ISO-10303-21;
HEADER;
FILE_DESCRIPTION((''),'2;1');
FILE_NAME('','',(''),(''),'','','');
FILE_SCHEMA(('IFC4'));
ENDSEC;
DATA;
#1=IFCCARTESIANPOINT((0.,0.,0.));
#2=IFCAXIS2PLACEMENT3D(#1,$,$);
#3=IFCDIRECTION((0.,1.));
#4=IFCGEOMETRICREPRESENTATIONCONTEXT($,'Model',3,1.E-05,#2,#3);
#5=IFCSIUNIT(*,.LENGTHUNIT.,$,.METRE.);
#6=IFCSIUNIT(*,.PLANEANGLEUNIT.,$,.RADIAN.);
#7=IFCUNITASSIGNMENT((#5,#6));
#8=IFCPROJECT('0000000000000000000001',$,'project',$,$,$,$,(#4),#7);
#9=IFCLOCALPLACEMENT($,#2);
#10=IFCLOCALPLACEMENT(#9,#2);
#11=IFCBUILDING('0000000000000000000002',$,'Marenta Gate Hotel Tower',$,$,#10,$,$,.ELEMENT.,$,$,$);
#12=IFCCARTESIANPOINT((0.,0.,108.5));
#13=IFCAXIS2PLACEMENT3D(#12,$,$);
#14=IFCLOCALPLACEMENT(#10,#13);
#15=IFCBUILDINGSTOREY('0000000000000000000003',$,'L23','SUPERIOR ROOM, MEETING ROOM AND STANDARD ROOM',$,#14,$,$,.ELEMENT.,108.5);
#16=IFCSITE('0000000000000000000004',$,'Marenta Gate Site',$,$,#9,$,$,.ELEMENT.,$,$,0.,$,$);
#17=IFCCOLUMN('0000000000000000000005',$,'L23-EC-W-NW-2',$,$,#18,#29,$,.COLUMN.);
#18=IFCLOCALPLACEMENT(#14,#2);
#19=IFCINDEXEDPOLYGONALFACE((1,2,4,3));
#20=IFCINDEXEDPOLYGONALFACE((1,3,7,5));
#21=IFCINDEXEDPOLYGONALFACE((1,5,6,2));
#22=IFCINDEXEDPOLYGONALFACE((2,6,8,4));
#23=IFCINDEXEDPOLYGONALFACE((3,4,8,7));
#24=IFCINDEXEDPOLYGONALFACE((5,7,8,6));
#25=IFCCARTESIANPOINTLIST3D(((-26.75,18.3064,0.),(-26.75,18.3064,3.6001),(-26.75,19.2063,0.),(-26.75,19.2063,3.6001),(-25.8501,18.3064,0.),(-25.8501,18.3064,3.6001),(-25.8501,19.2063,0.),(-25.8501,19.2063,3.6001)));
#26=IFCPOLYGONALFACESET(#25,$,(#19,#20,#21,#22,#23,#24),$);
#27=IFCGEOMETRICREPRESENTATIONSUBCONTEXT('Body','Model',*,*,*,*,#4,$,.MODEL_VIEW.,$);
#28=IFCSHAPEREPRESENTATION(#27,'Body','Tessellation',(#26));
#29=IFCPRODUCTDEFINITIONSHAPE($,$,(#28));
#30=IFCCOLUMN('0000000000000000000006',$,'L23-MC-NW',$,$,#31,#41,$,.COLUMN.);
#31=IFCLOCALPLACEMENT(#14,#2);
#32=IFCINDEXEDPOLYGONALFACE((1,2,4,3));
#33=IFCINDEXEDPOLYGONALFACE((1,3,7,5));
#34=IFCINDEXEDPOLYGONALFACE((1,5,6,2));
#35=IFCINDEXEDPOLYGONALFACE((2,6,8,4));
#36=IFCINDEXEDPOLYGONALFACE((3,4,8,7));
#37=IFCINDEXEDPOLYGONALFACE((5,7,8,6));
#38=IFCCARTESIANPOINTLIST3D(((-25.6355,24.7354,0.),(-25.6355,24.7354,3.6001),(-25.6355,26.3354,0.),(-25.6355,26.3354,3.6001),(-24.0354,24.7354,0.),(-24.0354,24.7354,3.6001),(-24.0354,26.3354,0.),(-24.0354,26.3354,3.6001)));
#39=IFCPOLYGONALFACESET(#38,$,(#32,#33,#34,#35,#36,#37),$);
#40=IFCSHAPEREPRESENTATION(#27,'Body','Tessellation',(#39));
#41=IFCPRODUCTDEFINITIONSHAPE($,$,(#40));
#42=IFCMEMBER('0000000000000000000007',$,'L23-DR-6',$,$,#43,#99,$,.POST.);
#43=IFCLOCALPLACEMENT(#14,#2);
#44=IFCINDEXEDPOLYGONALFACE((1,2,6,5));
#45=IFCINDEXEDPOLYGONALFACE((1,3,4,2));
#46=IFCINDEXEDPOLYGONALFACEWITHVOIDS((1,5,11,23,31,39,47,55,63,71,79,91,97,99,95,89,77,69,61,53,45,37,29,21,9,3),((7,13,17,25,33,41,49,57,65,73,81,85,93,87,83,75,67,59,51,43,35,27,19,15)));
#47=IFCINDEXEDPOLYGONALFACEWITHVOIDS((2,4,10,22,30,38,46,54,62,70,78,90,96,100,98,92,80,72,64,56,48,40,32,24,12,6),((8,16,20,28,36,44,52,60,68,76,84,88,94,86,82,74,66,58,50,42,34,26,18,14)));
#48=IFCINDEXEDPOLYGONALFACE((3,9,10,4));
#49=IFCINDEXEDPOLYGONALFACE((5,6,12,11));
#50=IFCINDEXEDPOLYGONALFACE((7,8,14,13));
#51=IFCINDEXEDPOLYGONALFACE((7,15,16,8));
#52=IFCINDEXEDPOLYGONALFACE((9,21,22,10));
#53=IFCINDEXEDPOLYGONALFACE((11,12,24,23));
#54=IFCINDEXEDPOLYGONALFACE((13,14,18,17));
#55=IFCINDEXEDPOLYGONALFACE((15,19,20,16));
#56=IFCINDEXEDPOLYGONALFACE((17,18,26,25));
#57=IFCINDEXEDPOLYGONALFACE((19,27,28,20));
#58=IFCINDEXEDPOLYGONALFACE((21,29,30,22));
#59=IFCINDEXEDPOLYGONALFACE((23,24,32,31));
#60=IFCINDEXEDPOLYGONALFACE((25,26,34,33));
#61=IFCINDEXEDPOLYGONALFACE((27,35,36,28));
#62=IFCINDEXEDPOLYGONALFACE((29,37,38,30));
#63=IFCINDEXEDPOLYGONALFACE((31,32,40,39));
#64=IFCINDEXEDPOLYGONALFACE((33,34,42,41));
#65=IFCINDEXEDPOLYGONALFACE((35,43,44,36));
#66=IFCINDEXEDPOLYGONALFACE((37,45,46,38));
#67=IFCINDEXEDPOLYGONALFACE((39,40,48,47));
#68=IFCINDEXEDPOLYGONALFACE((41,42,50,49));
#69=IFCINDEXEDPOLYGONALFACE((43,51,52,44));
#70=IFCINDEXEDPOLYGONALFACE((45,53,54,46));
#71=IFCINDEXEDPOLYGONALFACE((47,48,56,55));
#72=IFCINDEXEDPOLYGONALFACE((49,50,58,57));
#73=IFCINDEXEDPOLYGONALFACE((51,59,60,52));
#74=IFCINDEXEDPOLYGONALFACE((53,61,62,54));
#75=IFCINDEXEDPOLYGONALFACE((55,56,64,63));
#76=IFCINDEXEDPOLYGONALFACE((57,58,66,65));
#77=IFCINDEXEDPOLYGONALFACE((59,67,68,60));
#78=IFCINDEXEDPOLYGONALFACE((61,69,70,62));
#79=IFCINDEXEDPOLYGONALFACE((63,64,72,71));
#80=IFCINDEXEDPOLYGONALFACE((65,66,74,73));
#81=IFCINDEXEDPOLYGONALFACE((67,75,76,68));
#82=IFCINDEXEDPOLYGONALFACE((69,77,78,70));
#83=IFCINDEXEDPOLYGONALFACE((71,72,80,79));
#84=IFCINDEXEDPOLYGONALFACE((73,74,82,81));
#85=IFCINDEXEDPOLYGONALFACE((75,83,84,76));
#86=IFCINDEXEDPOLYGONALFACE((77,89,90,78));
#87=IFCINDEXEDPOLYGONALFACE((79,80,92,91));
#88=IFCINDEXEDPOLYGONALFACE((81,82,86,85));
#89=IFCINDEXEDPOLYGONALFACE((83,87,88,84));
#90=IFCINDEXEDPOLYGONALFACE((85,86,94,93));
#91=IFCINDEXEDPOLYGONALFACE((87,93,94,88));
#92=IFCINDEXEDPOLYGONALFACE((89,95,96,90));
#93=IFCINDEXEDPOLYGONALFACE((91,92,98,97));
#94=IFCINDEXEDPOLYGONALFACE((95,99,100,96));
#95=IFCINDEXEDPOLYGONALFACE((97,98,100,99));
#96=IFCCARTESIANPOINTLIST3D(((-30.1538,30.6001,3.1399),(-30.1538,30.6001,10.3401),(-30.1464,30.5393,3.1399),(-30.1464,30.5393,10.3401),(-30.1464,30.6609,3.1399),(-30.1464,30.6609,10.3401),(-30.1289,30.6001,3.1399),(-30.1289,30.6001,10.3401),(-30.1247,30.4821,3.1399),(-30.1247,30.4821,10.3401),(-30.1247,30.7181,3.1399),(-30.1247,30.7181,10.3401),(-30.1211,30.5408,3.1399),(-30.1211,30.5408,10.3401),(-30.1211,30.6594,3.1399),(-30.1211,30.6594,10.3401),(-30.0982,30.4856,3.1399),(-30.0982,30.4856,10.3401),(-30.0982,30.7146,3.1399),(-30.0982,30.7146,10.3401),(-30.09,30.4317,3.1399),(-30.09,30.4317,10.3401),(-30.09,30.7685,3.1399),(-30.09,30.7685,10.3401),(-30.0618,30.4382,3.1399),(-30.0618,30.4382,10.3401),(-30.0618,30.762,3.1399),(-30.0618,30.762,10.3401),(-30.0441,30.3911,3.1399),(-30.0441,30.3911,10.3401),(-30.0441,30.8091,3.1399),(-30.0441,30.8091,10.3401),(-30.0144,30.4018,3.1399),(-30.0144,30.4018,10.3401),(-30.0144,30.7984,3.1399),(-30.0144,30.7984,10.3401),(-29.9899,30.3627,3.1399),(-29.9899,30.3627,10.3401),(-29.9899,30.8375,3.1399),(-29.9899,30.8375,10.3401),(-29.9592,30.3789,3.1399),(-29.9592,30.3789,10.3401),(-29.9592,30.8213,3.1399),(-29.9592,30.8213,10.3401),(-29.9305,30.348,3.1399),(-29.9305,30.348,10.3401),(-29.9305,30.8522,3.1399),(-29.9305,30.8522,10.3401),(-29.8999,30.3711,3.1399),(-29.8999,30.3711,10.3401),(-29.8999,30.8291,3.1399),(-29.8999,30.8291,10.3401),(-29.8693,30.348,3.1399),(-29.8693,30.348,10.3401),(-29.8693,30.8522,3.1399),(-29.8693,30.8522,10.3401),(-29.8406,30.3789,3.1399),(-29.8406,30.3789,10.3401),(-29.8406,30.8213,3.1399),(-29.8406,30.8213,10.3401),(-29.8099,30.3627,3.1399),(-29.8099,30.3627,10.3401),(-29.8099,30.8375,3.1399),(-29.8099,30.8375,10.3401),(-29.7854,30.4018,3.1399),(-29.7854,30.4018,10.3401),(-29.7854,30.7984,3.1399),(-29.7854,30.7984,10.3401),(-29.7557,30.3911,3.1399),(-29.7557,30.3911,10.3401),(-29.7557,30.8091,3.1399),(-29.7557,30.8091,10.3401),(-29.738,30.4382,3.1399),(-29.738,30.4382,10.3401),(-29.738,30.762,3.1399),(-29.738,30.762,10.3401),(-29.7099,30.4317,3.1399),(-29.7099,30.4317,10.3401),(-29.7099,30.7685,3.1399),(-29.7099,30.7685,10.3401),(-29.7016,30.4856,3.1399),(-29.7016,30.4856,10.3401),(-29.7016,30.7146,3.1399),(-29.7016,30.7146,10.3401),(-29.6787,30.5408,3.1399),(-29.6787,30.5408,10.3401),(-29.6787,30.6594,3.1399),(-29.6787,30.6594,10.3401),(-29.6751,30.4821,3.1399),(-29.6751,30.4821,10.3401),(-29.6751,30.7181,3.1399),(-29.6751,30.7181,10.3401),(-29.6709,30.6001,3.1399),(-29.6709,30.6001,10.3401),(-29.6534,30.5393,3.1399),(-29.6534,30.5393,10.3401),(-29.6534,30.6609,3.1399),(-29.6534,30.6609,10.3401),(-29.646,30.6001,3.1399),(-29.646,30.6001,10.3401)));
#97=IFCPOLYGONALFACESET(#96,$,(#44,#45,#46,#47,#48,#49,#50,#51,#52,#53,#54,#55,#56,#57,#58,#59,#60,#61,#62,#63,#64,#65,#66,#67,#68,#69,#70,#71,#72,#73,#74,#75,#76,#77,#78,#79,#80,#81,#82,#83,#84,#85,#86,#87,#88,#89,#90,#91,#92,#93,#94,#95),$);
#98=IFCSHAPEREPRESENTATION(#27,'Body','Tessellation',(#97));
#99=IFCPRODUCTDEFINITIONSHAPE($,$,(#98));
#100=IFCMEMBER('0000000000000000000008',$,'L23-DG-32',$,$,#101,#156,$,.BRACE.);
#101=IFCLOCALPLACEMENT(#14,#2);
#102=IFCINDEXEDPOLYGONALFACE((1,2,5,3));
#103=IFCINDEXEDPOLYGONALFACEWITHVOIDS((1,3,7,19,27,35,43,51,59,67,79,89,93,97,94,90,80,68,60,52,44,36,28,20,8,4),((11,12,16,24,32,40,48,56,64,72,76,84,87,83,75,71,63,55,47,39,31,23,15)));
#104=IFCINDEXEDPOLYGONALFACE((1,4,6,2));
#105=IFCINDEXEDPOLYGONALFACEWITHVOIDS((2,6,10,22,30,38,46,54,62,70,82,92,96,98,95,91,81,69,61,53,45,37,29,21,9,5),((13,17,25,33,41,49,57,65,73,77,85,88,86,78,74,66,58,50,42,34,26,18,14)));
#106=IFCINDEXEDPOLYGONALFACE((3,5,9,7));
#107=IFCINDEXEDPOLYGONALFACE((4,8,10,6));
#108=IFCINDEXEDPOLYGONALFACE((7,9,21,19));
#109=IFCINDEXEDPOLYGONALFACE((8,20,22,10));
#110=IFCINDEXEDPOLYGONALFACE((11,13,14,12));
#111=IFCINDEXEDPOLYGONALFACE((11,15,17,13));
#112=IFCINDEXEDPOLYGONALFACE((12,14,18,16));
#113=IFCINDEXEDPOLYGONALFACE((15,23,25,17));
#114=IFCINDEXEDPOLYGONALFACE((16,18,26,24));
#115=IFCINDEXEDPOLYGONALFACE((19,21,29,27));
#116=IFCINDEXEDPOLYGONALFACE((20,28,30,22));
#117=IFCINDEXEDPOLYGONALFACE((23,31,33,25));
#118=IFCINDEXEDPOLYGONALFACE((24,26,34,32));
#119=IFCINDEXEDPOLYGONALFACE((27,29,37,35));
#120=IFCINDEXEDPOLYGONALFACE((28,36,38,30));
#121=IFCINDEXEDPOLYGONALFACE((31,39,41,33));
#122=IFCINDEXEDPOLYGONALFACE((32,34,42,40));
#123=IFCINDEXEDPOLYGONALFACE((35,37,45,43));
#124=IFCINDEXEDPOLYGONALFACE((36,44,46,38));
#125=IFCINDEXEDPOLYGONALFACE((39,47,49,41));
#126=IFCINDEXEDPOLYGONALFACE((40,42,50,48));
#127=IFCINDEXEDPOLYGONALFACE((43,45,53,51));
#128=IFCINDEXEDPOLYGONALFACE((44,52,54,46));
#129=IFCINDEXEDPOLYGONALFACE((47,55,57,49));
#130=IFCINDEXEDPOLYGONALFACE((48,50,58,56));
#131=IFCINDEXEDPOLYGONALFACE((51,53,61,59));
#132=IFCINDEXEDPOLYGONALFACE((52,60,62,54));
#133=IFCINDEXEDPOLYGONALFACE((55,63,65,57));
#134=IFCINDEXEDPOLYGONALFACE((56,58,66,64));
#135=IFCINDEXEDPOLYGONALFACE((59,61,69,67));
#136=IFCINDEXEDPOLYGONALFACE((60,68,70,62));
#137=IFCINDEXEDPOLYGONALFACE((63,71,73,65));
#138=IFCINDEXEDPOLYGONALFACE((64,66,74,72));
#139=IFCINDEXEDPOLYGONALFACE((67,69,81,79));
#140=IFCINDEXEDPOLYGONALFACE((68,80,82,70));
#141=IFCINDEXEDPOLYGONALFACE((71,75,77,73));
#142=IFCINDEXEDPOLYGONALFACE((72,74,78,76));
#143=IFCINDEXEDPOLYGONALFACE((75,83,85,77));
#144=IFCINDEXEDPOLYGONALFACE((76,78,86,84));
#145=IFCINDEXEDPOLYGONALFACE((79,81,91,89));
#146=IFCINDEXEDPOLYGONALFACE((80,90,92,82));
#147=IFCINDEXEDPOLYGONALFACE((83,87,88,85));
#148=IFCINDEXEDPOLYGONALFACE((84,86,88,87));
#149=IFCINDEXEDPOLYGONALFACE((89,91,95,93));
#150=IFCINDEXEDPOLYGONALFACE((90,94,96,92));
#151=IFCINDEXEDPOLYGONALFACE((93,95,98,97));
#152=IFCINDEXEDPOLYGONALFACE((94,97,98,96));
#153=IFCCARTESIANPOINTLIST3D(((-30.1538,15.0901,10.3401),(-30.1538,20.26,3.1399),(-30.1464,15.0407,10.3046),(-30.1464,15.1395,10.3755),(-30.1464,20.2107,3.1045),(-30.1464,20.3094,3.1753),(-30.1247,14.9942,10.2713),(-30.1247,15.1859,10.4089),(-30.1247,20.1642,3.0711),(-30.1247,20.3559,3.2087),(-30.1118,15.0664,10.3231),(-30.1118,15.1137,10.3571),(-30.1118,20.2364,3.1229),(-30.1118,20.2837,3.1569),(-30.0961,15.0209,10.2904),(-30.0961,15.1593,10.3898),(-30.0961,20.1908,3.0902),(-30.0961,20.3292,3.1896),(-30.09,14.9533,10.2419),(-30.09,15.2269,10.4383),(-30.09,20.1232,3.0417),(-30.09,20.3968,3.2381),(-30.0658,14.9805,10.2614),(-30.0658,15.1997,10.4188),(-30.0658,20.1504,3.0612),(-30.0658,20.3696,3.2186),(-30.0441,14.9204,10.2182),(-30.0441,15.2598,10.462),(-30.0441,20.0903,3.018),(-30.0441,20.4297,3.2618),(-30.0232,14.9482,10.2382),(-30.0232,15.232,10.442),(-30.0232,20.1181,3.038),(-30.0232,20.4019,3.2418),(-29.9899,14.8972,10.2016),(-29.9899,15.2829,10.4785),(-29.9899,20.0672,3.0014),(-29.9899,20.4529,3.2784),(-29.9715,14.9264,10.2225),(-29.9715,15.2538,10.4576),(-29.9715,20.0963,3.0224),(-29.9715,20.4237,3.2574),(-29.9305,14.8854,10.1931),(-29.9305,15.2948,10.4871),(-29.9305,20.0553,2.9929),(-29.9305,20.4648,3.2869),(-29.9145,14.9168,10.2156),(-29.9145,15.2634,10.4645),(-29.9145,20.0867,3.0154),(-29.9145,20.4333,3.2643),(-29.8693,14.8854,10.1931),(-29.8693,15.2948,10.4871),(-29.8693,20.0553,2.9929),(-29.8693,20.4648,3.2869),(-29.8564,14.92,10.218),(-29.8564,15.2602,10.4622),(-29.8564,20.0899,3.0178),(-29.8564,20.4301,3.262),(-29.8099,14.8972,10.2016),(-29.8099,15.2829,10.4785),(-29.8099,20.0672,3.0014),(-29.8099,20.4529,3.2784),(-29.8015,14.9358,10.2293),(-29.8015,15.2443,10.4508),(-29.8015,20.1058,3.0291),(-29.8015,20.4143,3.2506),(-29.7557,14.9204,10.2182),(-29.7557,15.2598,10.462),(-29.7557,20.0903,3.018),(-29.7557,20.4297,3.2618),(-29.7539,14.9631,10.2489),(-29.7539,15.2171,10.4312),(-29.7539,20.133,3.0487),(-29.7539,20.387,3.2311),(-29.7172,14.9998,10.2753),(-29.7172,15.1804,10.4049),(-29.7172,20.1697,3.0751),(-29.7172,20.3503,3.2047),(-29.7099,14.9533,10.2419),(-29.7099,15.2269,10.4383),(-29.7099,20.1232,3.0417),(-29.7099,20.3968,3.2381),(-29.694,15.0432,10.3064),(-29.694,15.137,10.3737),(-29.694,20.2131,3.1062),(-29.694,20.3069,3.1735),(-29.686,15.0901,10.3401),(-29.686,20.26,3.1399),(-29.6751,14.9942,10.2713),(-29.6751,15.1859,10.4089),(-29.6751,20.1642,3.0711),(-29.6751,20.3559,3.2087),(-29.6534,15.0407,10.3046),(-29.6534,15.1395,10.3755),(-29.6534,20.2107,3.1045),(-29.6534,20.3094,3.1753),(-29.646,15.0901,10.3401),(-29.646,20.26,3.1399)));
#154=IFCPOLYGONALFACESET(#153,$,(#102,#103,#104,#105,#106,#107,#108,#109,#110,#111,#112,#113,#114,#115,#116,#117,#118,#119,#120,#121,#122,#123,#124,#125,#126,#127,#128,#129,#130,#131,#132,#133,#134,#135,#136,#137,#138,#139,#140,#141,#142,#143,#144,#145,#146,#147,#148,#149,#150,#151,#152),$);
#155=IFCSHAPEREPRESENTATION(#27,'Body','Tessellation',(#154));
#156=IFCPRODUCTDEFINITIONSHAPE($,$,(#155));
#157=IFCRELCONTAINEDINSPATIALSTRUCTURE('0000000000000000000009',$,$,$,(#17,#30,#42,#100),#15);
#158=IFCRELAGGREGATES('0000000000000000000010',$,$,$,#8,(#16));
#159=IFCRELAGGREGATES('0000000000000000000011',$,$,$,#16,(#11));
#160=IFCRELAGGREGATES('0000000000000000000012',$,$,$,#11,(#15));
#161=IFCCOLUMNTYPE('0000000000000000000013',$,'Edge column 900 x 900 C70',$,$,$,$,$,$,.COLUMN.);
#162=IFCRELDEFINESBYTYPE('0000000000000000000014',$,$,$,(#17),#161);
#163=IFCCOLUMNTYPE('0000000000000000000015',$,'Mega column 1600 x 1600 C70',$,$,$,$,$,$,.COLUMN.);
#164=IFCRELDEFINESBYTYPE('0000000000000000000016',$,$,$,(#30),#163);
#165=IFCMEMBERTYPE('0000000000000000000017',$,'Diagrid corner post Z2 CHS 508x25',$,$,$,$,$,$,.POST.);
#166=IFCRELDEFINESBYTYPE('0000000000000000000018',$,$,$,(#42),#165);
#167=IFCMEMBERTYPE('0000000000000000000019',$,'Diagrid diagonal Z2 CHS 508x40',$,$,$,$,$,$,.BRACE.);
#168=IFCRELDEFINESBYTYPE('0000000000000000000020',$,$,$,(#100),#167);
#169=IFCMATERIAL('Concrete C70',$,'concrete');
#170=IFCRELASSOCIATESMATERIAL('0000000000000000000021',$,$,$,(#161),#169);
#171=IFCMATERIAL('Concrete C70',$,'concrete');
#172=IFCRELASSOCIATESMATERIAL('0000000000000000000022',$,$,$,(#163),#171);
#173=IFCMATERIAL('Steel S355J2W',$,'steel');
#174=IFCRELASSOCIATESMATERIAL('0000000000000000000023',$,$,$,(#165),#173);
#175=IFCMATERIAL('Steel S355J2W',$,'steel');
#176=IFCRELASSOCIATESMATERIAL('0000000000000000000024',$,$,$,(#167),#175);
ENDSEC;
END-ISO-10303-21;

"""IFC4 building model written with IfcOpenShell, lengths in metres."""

from ifc_helpers import new_model, si_unit, direction, frame, origin, origin_2d, place, context, subcontext, project, spatial, rectangle, hollow_circle, extrude, material, material_profile, profile_set, type_object, element, save


model = new_model("IFC4")

# Units and contexts
model_context = context("Model", 3, precision=1e-05, world=origin(), true_north=direction((0.0, 1.0)))
body_context = subcontext(model_context, "Body", "Model", "MODEL_VIEW")
ifc_project = project(units=[si_unit("LENGTHUNIT", "METRE"), si_unit("PLANEANGLEUNIT", "RADIAN")], contexts=[model_context])

# Site, building, storey
site_placement = place(None, origin())
site = spatial("IfcSite", under=ifc_project, at=site_placement, Name="Marenta Gate Site", CompositionType="ELEMENT", RefElevation=0.0)
building_placement = place(site_placement, origin())
building = spatial("IfcBuilding", under=site, at=building_placement, Name="Marenta Gate Hotel Tower", CompositionType="ELEMENT")
storey_placement = place(building_placement, frame((0.0, 0.0, 108.5)))
storey = spatial("IfcBuildingStorey", under=building, at=storey_placement, Name="L23", Description="SUPERIOR ROOM, MEETING ROOM AND STANDARD ROOM", CompositionType="ELEMENT", Elevation=108.5)

# Columns
ifc_material_1 = material(Name="Concrete C70", Category="concrete")
ifc_material_profile_1 = material_profile(ifc_material_1, rectangle(XDim=0.8999, YDim=0.8999, at=origin_2d()), Name="900 x 900")
ifc_profile_set_1 = profile_set([ifc_material_profile_1], Name="Concrete C70")
column_type_1 = type_object("IfcColumnType", Name="Edge column 900 x 900 C70", PredefinedType="COLUMN", material=ifc_profile_set_1)
column_1_placement = place(storey_placement, frame((-26.3, 18.7563, 0.0), z_axis=(0.0, 0.0, 1.0), x_axis=(1.0, 0.0, 0.0)))
element("IfcColumn", 1, at=column_1_placement, inside=storey, type_object=column_type_1, Name="L23-EC-W-NW-2", PredefinedType="COLUMN", context=body_context, shape_type="SweptSolid", body=[
    extrude(rectangle(XDim=0.8999, YDim=0.8999, at=origin_2d()), origin(), (0.0, 0.0, 1.0), 3.6001),
])
ifc_material_2 = material(Name="Concrete C70", Category="concrete")
ifc_material_profile_2 = material_profile(ifc_material_2, rectangle(XDim=1.6001, YDim=1.6001, at=origin_2d()), Name="1600 x 1600")
ifc_profile_set_2 = profile_set([ifc_material_profile_2], Name="Concrete C70")
column_type_2 = type_object("IfcColumnType", Name="Mega column 1600 x 1600 C70", PredefinedType="COLUMN", material=ifc_profile_set_2)
column_2_placement = place(storey_placement, frame((-24.8354, 25.5354, 0.0), z_axis=(0.0, 0.0, 1.0), x_axis=(1.0, 0.0, 0.0)))
element("IfcColumn", 2, at=column_2_placement, inside=storey, type_object=column_type_2, Name="L23-MC-NW", PredefinedType="COLUMN", context=body_context, shape_type="SweptSolid", body=[
    extrude(rectangle(XDim=1.6001, YDim=1.6001, at=origin_2d()), origin(), (0.0, 0.0, 1.0), 3.6001),
])

# Members
ifc_material_3 = material(Name="Steel S355J2W", Category="steel")
ifc_material_profile_3 = material_profile(ifc_material_3, hollow_circle(Radius=0.2539, WallThickness=0.0249, at=origin_2d()), Name="CHS 508x25")
ifc_profile_set_3 = profile_set([ifc_material_profile_3], Name="Steel S355J2W")
member_type_1 = type_object("IfcMemberType", Name="Diagrid corner post Z2 CHS 508x25", PredefinedType="POST", material=ifc_profile_set_3)
member_1_placement = place(storey_placement, frame((-29.8999, 30.6001, 3.1399), z_axis=(0.0, 0.0, 1.0), x_axis=(1.0, 0.0, 0.0)))
element("IfcMember", 3, at=member_1_placement, inside=storey, type_object=member_type_1, Name="L23-DR-6", PredefinedType="POST", context=body_context, shape_type="SweptSolid", body=[
    extrude(hollow_circle(Radius=0.2539, WallThickness=0.0249, at=origin_2d()), origin(), (0.0, 0.0, 1.0), 7.2002),
])
ifc_material_4 = material(Name="Steel S355J2W", Category="steel")
ifc_material_profile_4 = material_profile(ifc_material_4, hollow_circle(Radius=0.2539, WallThickness=0.04, at=origin_2d()), Name="CHS 508x40")
ifc_profile_set_4 = profile_set([ifc_material_profile_4], Name="Steel S355J2W")
member_type_2 = type_object("IfcMemberType", Name="Diagrid diagonal Z2 CHS 508x40", PredefinedType="BRACE", material=ifc_profile_set_4)
for number, where, z_axis, x_axis, name in (
    (4, (-29.8999, 20.26, 3.1399), (0.0, -0.583248, 0.812294), (1.0, 0.0, 0.0), "L23-DG-32"),
):
    element("IfcMember", number, at=place(storey_placement, frame(where, z_axis=z_axis, x_axis=x_axis)), inside=storey, type_object=member_type_2, Name=name, PredefinedType="BRACE", context=body_context, shape_type="SweptSolid", body=[
        extrude(hollow_circle(Radius=0.2539, WallThickness=0.04, at=origin_2d()), origin(), (0.0, 0.0, 1.0), 8.864),
    ])

save(model, "model.ifc")
